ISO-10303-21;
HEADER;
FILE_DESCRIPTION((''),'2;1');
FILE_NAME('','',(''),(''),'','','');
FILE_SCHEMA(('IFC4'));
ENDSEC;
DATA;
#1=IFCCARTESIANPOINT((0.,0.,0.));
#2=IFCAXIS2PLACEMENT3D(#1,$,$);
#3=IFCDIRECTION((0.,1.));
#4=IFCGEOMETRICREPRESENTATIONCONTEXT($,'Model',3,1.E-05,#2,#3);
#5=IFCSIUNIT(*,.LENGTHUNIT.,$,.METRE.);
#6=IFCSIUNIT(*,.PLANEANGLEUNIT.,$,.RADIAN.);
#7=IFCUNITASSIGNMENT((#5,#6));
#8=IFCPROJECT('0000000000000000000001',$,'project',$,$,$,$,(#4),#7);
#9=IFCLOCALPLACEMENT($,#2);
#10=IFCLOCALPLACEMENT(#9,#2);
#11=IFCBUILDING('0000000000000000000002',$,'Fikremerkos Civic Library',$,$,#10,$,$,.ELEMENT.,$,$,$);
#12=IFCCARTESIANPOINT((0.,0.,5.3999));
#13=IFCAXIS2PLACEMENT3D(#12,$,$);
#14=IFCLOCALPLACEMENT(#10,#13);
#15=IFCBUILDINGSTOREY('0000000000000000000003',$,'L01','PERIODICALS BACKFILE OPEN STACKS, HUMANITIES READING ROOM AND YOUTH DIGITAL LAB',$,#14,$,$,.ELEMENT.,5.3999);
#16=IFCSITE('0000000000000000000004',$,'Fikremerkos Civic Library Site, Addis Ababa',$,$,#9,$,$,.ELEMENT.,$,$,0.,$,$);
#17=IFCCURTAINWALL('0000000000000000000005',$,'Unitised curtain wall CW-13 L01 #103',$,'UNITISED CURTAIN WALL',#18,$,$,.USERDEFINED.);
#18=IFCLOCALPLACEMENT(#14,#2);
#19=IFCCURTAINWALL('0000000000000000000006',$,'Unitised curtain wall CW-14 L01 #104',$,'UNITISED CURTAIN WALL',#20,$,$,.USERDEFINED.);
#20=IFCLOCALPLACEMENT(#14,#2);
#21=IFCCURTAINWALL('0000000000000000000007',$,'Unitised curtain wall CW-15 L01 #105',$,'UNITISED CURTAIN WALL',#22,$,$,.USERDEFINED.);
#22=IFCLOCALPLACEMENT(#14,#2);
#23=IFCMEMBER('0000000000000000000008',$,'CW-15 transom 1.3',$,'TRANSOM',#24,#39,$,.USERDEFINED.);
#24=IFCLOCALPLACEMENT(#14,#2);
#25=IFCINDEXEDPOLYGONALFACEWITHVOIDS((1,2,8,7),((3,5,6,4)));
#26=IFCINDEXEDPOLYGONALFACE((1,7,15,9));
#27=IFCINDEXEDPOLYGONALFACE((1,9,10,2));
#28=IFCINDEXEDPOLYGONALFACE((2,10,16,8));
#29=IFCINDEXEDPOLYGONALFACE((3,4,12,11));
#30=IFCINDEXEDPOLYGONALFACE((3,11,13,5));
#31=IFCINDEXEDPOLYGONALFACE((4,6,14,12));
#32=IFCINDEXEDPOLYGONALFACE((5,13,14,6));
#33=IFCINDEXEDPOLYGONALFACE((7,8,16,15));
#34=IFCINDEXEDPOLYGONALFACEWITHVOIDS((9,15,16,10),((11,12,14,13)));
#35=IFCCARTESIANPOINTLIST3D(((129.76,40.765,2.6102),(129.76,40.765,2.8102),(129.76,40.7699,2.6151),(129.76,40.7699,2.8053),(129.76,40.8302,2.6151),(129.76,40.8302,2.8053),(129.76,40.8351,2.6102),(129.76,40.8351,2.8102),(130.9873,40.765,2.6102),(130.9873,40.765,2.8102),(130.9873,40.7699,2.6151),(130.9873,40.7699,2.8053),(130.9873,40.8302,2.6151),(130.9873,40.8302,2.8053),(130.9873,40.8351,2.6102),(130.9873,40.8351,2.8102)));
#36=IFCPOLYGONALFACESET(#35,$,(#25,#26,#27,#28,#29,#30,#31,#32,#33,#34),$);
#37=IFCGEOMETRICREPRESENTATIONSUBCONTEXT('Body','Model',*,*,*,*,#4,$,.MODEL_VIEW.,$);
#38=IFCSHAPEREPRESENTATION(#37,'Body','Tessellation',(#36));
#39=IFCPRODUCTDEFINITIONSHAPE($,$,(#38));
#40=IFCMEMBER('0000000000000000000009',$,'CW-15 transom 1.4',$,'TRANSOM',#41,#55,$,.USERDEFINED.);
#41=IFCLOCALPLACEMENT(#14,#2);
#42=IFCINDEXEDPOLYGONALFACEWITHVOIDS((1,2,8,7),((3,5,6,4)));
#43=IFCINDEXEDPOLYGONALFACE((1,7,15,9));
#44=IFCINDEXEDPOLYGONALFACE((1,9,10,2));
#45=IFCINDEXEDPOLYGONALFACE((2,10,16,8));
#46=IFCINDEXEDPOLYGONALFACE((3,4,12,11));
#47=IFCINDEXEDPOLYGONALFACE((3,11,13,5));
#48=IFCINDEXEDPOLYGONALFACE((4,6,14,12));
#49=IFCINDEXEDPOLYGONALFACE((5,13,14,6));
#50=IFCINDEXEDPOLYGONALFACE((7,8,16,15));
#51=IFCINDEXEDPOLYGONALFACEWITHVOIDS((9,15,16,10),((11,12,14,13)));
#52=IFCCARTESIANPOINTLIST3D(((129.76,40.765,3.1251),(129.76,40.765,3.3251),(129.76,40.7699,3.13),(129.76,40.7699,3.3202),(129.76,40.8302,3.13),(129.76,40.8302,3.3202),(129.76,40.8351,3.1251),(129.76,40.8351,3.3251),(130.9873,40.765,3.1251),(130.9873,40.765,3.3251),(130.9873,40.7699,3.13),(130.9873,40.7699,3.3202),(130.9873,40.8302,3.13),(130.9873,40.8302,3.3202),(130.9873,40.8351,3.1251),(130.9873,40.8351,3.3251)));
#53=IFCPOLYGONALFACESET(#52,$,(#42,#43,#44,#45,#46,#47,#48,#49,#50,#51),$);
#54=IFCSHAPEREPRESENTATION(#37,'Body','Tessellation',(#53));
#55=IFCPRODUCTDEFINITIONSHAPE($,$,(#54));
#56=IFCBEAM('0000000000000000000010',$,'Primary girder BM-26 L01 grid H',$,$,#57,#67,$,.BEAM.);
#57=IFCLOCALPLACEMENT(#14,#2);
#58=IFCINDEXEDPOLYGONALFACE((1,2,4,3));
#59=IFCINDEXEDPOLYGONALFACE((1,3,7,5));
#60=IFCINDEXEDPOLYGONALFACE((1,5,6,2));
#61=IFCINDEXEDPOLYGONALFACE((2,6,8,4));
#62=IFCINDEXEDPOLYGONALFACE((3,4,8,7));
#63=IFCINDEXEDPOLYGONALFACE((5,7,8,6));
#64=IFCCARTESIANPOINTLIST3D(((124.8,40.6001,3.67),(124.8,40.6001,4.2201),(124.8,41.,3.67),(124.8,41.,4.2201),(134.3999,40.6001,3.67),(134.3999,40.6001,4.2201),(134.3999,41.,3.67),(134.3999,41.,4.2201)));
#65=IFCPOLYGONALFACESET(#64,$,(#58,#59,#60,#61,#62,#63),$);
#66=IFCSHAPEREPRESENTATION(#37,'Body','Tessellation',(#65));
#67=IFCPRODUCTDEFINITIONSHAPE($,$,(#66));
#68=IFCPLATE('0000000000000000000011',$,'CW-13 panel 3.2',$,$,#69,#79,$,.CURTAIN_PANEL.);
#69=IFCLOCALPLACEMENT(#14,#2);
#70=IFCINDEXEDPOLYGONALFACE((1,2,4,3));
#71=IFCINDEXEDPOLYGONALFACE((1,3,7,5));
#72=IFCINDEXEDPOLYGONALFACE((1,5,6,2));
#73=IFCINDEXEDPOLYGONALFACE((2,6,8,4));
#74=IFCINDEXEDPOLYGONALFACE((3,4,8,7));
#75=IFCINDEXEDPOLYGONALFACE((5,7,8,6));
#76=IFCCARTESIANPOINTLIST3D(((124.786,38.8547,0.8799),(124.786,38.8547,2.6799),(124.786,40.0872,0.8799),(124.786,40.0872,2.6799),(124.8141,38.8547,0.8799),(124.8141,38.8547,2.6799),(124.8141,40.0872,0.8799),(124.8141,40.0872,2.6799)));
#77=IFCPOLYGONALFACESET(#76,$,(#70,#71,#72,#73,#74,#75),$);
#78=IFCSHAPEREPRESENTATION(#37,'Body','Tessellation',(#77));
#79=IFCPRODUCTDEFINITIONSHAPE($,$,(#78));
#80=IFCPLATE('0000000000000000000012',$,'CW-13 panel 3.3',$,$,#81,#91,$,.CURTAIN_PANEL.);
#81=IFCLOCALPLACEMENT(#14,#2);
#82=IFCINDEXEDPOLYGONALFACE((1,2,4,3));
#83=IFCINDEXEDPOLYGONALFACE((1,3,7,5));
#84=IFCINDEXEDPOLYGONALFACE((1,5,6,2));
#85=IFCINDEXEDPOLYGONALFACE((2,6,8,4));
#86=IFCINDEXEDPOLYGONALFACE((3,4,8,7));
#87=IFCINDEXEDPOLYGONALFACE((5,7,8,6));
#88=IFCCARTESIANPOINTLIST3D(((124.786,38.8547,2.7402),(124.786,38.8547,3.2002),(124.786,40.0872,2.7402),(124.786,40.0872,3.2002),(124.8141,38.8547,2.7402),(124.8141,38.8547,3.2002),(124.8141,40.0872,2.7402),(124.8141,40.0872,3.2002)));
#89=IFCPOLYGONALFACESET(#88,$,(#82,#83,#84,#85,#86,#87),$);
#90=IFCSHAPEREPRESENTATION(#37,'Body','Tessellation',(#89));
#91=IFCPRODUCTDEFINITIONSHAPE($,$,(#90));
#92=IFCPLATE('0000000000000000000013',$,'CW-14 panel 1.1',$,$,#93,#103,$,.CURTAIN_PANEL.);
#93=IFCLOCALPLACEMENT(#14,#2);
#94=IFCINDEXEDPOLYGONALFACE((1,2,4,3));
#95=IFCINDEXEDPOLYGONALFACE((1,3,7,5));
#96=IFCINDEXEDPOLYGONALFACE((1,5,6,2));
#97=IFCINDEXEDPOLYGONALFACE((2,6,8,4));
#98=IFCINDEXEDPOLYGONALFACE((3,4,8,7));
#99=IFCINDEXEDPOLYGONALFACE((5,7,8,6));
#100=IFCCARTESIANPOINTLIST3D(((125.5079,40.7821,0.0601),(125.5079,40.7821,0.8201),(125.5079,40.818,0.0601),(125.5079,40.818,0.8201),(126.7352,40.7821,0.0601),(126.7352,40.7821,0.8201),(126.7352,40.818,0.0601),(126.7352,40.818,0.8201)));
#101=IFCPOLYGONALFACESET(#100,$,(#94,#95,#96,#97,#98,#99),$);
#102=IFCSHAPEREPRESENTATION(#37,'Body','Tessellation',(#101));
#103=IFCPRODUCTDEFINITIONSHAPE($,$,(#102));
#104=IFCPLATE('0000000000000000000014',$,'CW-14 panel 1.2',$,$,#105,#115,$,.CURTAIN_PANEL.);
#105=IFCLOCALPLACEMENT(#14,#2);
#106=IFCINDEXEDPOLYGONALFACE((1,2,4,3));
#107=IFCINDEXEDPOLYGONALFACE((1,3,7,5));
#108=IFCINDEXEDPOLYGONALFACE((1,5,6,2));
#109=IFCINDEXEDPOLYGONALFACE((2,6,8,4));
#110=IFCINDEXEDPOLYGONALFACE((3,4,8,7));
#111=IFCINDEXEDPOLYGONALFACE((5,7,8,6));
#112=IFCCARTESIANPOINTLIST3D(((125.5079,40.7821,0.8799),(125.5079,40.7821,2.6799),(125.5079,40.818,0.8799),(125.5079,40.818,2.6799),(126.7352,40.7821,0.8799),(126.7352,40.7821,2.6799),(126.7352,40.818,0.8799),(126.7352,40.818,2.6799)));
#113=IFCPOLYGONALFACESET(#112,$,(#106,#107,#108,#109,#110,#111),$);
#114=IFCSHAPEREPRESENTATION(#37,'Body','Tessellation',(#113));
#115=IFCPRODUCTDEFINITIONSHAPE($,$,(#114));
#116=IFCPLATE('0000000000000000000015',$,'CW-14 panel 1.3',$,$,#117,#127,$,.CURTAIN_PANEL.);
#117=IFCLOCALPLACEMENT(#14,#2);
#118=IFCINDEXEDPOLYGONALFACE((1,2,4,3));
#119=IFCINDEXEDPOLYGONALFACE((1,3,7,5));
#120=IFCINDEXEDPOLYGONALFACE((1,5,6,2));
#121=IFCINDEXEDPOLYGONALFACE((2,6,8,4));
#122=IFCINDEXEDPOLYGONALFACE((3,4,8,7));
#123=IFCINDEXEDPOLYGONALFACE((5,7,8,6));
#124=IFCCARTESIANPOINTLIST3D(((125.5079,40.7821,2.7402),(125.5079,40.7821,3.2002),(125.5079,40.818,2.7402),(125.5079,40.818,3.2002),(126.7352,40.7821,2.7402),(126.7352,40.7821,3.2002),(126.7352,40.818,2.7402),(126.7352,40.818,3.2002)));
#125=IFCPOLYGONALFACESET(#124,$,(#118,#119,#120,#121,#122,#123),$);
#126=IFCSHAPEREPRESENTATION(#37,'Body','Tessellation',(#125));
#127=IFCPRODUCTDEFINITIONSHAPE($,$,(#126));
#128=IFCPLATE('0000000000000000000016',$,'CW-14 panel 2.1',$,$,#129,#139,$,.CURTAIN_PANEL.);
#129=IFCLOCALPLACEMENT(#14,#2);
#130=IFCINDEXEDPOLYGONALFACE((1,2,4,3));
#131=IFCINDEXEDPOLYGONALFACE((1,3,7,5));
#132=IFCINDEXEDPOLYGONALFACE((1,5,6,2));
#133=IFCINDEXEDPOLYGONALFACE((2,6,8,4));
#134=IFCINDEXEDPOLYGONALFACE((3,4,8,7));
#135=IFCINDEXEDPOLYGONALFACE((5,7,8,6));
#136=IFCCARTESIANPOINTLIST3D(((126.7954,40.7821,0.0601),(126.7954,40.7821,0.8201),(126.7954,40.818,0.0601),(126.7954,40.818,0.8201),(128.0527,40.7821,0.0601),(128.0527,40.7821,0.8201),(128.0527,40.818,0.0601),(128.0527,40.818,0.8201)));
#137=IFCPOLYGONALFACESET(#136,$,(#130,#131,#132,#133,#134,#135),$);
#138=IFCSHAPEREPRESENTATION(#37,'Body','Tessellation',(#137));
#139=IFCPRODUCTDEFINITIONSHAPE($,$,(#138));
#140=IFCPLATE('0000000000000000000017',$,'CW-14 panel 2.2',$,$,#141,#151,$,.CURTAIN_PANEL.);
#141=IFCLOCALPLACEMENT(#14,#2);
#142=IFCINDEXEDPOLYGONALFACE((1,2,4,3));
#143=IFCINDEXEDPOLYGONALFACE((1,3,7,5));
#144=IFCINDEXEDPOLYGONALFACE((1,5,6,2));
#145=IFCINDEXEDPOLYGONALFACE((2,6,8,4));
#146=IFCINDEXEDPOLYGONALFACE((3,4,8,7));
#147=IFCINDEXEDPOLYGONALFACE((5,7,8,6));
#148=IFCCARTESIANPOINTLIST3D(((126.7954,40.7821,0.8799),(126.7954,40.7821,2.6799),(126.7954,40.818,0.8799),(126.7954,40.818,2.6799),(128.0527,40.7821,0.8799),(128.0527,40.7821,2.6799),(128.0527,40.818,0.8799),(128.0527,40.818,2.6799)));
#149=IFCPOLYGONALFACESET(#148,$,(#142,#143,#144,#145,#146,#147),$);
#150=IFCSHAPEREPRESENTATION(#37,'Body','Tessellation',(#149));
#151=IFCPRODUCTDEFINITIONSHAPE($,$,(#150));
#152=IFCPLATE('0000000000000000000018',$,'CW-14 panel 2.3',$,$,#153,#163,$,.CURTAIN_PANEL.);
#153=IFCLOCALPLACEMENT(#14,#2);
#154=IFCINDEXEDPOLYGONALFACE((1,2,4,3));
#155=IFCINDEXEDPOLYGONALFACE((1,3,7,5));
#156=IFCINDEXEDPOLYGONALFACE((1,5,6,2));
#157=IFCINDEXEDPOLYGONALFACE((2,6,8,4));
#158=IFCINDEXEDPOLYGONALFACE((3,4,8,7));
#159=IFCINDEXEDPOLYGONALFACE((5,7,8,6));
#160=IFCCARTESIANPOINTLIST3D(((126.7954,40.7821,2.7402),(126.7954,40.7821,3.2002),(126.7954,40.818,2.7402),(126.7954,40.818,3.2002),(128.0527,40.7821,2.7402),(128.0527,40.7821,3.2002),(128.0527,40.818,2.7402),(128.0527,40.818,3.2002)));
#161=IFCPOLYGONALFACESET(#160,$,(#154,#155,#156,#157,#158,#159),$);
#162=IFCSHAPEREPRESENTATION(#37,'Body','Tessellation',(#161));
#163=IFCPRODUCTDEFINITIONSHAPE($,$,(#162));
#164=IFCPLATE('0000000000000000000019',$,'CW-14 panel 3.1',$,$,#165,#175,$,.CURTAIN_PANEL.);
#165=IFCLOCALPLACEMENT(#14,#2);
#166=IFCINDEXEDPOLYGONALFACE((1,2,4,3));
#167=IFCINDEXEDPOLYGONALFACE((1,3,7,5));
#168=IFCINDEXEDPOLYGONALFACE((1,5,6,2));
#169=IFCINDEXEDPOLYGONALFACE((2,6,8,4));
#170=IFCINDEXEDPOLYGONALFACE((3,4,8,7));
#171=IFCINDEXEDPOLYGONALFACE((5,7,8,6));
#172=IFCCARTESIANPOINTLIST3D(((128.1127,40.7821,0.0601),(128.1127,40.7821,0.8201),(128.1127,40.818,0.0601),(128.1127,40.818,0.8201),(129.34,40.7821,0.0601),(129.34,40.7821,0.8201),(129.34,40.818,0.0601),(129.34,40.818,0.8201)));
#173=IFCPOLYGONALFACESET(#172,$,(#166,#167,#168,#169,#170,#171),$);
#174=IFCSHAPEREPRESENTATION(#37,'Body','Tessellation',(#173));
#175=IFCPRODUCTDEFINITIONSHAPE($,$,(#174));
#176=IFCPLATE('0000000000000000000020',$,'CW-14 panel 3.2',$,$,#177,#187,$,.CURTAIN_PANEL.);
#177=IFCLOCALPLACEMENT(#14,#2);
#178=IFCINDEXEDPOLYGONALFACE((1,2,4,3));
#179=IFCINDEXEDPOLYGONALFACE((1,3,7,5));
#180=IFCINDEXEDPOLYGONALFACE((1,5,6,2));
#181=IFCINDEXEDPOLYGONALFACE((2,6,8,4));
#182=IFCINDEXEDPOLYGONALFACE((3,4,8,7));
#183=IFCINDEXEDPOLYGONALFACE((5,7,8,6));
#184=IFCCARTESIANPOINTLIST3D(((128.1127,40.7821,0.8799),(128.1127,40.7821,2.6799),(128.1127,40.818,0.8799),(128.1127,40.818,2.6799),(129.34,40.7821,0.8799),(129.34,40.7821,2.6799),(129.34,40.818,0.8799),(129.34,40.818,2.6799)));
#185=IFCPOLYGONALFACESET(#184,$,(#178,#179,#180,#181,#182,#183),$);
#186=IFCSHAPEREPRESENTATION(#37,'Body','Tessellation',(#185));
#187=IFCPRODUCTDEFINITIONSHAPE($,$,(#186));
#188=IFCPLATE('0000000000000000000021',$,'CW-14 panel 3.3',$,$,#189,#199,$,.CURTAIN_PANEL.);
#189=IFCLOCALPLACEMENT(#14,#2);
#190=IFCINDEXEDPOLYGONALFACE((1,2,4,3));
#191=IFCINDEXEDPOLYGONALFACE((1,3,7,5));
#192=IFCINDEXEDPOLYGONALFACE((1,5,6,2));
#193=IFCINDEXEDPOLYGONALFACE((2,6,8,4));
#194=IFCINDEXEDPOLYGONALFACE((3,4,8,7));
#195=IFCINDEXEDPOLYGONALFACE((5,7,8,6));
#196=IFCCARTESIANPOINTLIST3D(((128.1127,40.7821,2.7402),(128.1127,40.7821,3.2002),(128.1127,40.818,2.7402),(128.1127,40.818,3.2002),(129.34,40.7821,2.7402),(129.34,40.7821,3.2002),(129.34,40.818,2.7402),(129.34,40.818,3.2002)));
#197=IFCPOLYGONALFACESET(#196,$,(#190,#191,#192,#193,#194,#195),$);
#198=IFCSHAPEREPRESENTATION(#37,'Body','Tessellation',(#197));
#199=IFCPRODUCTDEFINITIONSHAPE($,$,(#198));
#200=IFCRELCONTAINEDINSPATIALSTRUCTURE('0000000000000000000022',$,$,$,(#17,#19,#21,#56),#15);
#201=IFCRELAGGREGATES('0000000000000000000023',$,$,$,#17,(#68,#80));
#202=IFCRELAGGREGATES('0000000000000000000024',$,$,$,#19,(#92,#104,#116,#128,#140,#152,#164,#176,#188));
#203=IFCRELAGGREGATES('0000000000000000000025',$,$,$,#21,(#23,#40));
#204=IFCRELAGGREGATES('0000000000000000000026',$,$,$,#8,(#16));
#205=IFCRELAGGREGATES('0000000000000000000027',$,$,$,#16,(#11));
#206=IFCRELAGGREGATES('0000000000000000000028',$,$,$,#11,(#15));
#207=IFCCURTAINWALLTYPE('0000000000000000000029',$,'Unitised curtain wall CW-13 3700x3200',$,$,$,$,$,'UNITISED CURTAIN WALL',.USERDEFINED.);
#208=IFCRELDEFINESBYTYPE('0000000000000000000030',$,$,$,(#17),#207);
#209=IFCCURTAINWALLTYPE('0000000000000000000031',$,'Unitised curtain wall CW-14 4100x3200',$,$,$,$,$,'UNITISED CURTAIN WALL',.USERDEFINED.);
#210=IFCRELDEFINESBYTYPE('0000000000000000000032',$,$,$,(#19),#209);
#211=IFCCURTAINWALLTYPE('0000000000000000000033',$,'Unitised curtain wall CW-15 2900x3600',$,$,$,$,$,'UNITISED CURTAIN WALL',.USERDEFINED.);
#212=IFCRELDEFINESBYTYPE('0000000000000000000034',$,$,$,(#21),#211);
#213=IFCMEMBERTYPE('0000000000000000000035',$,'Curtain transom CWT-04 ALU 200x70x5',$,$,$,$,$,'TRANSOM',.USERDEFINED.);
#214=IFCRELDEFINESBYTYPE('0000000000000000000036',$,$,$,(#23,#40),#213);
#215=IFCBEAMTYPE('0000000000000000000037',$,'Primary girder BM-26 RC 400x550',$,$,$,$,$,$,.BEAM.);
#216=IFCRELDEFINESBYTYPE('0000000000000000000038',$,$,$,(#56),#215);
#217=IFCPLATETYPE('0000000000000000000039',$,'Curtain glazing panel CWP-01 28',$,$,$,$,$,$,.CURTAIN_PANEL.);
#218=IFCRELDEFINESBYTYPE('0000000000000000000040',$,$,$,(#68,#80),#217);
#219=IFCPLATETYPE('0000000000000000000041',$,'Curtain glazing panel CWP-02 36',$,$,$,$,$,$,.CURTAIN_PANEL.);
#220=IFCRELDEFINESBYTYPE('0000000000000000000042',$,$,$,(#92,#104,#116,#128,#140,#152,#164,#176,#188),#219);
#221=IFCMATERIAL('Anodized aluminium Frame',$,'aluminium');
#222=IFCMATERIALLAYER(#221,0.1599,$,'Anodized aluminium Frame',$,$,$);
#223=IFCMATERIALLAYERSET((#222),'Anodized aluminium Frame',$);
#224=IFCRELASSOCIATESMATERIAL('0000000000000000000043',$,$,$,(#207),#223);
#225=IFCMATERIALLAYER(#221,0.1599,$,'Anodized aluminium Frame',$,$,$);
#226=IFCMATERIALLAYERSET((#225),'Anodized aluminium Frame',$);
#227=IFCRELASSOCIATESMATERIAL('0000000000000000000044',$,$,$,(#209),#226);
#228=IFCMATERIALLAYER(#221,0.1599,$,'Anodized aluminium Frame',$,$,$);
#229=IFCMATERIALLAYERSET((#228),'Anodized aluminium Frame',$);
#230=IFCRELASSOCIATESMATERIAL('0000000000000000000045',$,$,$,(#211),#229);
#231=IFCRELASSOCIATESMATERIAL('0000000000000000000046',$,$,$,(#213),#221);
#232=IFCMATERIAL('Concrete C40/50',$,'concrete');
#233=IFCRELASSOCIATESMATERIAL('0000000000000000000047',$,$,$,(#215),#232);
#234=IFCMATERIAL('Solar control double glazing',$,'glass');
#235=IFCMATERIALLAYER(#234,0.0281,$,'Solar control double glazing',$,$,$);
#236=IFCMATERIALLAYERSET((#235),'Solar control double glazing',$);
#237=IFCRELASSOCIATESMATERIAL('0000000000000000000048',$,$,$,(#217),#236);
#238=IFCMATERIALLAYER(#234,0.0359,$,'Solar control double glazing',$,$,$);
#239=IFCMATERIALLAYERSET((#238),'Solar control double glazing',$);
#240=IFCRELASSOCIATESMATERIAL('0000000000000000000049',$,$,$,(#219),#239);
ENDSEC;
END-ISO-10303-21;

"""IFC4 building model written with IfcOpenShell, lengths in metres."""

from ifc_helpers import new_model, si_unit, direction, frame, origin, origin_2d, place, context, subcontext, project, spatial, rectangle, hollow_rectangle, extrude, material, layer, layer_set, material_profile, profile_set, type_object, element, aggregate, save


model = new_model("IFC4")

# Units and contexts
model_context = context("Model", 3, precision=1e-05, world=origin(), true_north=direction((0.0, 1.0)))
body_context = subcontext(model_context, "Body", "Model", "MODEL_VIEW")
ifc_project = project(units=[si_unit("LENGTHUNIT", "METRE"), si_unit("PLANEANGLEUNIT", "RADIAN")], contexts=[model_context])

# Site, building, storey
site_placement = place(None, origin())
site = spatial("IfcSite", under=ifc_project, at=site_placement, Name="Fikremerkos Civic Library Site, Addis Ababa", CompositionType="ELEMENT", RefElevation=0.0)
building_placement = place(site_placement, origin())
building = spatial("IfcBuilding", under=site, at=building_placement, Name="Fikremerkos Civic Library", CompositionType="ELEMENT")
storey_placement = place(building_placement, frame((0.0, 0.0, 5.3999)))
storey = spatial("IfcBuildingStorey", under=building, at=storey_placement, Name="L01", Description="PERIODICALS BACKFILE OPEN STACKS, HUMANITIES READING ROOM AND YOUTH DIGITAL LAB", CompositionType="ELEMENT", Elevation=5.3999)

# Shared definitions
ifc_material_1 = material(Name="Concrete C40/50", Category="concrete")

# Curtain wall
ifc_material_2 = material(Name="Anodized aluminium Frame", Category="aluminium")
ifc_layer_1 = layer(ifc_material_2, 0.1599, Name="Anodized aluminium Frame")
ifc_layer_set_1 = layer_set([ifc_layer_1], Name="Anodized aluminium Frame")
curtain_wall_type_1 = type_object("IfcCurtainWallType", Name="Unitised curtain wall CW-13 3700x3200", ElementType="UNITISED CURTAIN WALL", PredefinedType="USERDEFINED", material=ifc_layer_set_1)
curtain_wall_1_placement = place(storey_placement, origin())
curtain_wall_1 = element("IfcCurtainWall", 1, at=curtain_wall_1_placement, inside=storey, type_object=curtain_wall_type_1, Name="Unitised curtain wall CW-13 L01 #103", ObjectType="UNITISED CURTAIN WALL", PredefinedType="USERDEFINED")

# Curtain wall
ifc_layer_2 = layer(ifc_material_2, 0.1599, Name="Anodized aluminium Frame")
ifc_layer_set_2 = layer_set([ifc_layer_2], Name="Anodized aluminium Frame")
curtain_wall_type_2 = type_object("IfcCurtainWallType", Name="Unitised curtain wall CW-14 4100x3200", ElementType="UNITISED CURTAIN WALL", PredefinedType="USERDEFINED", material=ifc_layer_set_2)
curtain_wall_2_placement = place(storey_placement, origin())
curtain_wall_2 = element("IfcCurtainWall", 2, at=curtain_wall_2_placement, inside=storey, type_object=curtain_wall_type_2, Name="Unitised curtain wall CW-14 L01 #104", ObjectType="UNITISED CURTAIN WALL", PredefinedType="USERDEFINED")

# Curtain wall
ifc_layer_3 = layer(ifc_material_2, 0.1599, Name="Anodized aluminium Frame")
ifc_layer_set_3 = layer_set([ifc_layer_3], Name="Anodized aluminium Frame")
curtain_wall_type_3 = type_object("IfcCurtainWallType", Name="Unitised curtain wall CW-15 2900x3600", ElementType="UNITISED CURTAIN WALL", PredefinedType="USERDEFINED", material=ifc_layer_set_3)
curtain_wall_3_placement = place(storey_placement, origin())
curtain_wall_3 = element("IfcCurtainWall", 3, at=curtain_wall_3_placement, inside=storey, type_object=curtain_wall_type_3, Name="Unitised curtain wall CW-15 L01 #105", ObjectType="UNITISED CURTAIN WALL", PredefinedType="USERDEFINED")

# Members
ifc_material_profile_1 = material_profile(ifc_material_2, hollow_rectangle(XDim=0.0701, YDim=0.2, WallThickness=0.0049, at=origin_2d()), Name="ALU 200x70x5")
ifc_profile_set_1 = profile_set([ifc_material_profile_1], Name="Anodized aluminium Frame")
member_type_1 = type_object("IfcMemberType", Name="Curtain transom CWT-04 ALU 200x70x5", ElementType="TRANSOM", PredefinedType="USERDEFINED", material=ifc_profile_set_1)
member_1_placement = place(storey_placement, frame((129.76, 40.8, 2.7102), z_axis=(1.0, 0.0, 0.0), x_axis=(0.0, 1.0, 0.0)))
member_1 = element("IfcMember", 4, at=member_1_placement, type_object=member_type_1, Name="CW-15 transom 1.3", ObjectType="TRANSOM", PredefinedType="USERDEFINED", context=body_context, shape_type="SweptSolid", body=[
    extrude(hollow_rectangle(XDim=0.0701, YDim=0.2, WallThickness=0.0049, at=origin_2d()), origin(), (0.0, 0.0, 1.0), 1.2273),
])
member_2_placement = place(storey_placement, frame((129.76, 40.8, 3.2251), z_axis=(1.0, 0.0, 0.0), x_axis=(0.0, 1.0, 0.0)))
member_2 = element("IfcMember", 5, at=member_2_placement, type_object=member_type_1, Name="CW-15 transom 1.4", ObjectType="TRANSOM", PredefinedType="USERDEFINED", context=body_context, shape_type="SweptSolid", body=[
    extrude(hollow_rectangle(XDim=0.0701, YDim=0.2, WallThickness=0.0049, at=origin_2d()), origin(), (0.0, 0.0, 1.0), 1.2273),
])

# Beam
ifc_material_profile_2 = material_profile(ifc_material_1, rectangle(XDim=0.3999, YDim=0.55, at=origin_2d()), Name="RC 400x550")
ifc_profile_set_2 = profile_set([ifc_material_profile_2], Name="Concrete C40/50")
beam_type = type_object("IfcBeamType", Name="Primary girder BM-26 RC 400x550", PredefinedType="BEAM", material=ifc_profile_set_2)
beam_placement = place(storey_placement, frame((124.8, 40.8, 3.9451), z_axis=(1.0, 0.0, 0.0), x_axis=(0.0, 1.0, 0.0)))
element("IfcBeam", 6, at=beam_placement, inside=storey, type_object=beam_type, Name="Primary girder BM-26 L01 grid H", PredefinedType="BEAM", context=body_context, shape_type="SweptSolid", body=[
    extrude(rectangle(XDim=0.3999, YDim=0.55, at=origin_2d()), origin(), (0.0, 0.0, 1.0), 9.5999),
])

# Plates
ifc_material_3 = material(Name="Solar control double glazing", Category="glass")
ifc_layer_4 = layer(ifc_material_3, 0.0281, Name="Solar control double glazing")
ifc_layer_set_4 = layer_set([ifc_layer_4], Name="Solar control double glazing")
plate_type_1 = type_object("IfcPlateType", Name="Curtain glazing panel CWP-01 28", PredefinedType="CURTAIN_PANEL", material=ifc_layer_set_4)
plate_1_placement = place(storey_placement, frame((124.8, 39.4709, 0.8799), z_axis=(0.0, 0.0, 1.0), x_axis=(0.0, 1.0, 0.0)))
plate_1 = element("IfcPlate", 7, at=plate_1_placement, type_object=plate_type_1, Name="CW-13 panel 3.2", PredefinedType="CURTAIN_PANEL", context=body_context, shape_type="SweptSolid", body=[
    extrude(rectangle(XDim=1.2324, YDim=0.0281, at=origin_2d()), origin(), (0.0, 0.0, 1.0), 1.8),
])
plate_2_placement = place(storey_placement, frame((124.8, 39.4709, 2.7402), z_axis=(0.0, 0.0, 1.0), x_axis=(0.0, 1.0, 0.0)))
plate_2 = element("IfcPlate", 8, at=plate_2_placement, type_object=plate_type_1, Name="CW-13 panel 3.3", PredefinedType="CURTAIN_PANEL", context=body_context, shape_type="SweptSolid", body=[
    extrude(rectangle(XDim=1.2324, YDim=0.0281, at=origin_2d()), origin(), (0.0, 0.0, 1.0), 0.46),
])
aggregate(curtain_wall_1, [plate_1, plate_2])
ifc_layer_5 = layer(ifc_material_3, 0.0359, Name="Solar control double glazing")
ifc_layer_set_5 = layer_set([ifc_layer_5], Name="Solar control double glazing")
plate_type_2 = type_object("IfcPlateType", Name="Curtain glazing panel CWP-02 36", PredefinedType="CURTAIN_PANEL", material=ifc_layer_set_5)
plate_3_placement = place(storey_placement, frame((126.1216, 40.8, 0.0601), z_axis=(0.0, 0.0, 1.0), x_axis=(1.0, 0.0, 0.0)))
plate_3 = element("IfcPlate", 9, at=plate_3_placement, type_object=plate_type_2, Name="CW-14 panel 1.1", PredefinedType="CURTAIN_PANEL", context=body_context, shape_type="SweptSolid", body=[
    extrude(rectangle(XDim=1.2273, YDim=0.0359, at=origin_2d()), origin(), (0.0, 0.0, 1.0), 0.76),
])
plate_4_placement = place(storey_placement, frame((126.1216, 40.8, 0.8799), z_axis=(0.0, 0.0, 1.0), x_axis=(1.0, 0.0, 0.0)))
plate_4 = element("IfcPlate", 10, at=plate_4_placement, type_object=plate_type_2, Name="CW-14 panel 1.2", PredefinedType="CURTAIN_PANEL", context=body_context, shape_type="SweptSolid", body=[
    extrude(rectangle(XDim=1.2273, YDim=0.0359, at=origin_2d()), origin(), (0.0, 0.0, 1.0), 1.8),
])
plate_5_placement = place(storey_placement, frame((126.1216, 40.8, 2.7402), z_axis=(0.0, 0.0, 1.0), x_axis=(1.0, 0.0, 0.0)))
plate_5 = element("IfcPlate", 11, at=plate_5_placement, type_object=plate_type_2, Name="CW-14 panel 1.3", PredefinedType="CURTAIN_PANEL", context=body_context, shape_type="SweptSolid", body=[
    extrude(rectangle(XDim=1.2273, YDim=0.0359, at=origin_2d()), origin(), (0.0, 0.0, 1.0), 0.46),
])
plate_6_placement = place(storey_placement, frame((127.4241, 40.8, 0.0601), z_axis=(0.0, 0.0, 1.0), x_axis=(1.0, 0.0, 0.0)))
plate_6 = element("IfcPlate", 12, at=plate_6_placement, type_object=plate_type_2, Name="CW-14 panel 2.1", PredefinedType="CURTAIN_PANEL", context=body_context, shape_type="SweptSolid", body=[
    extrude(rectangle(XDim=1.2573, YDim=0.0359, at=origin_2d()), origin(), (0.0, 0.0, 1.0), 0.76),
])
plate_7_placement = place(storey_placement, frame((127.4241, 40.8, 0.8799), z_axis=(0.0, 0.0, 1.0), x_axis=(1.0, 0.0, 0.0)))
plate_7 = element("IfcPlate", 13, at=plate_7_placement, type_object=plate_type_2, Name="CW-14 panel 2.2", PredefinedType="CURTAIN_PANEL", context=body_context, shape_type="SweptSolid", body=[
    extrude(rectangle(XDim=1.2573, YDim=0.0359, at=origin_2d()), origin(), (0.0, 0.0, 1.0), 1.8),
])
plate_8_placement = place(storey_placement, frame((127.4241, 40.8, 2.7402), z_axis=(0.0, 0.0, 1.0), x_axis=(1.0, 0.0, 0.0)))
plate_8 = element("IfcPlate", 14, at=plate_8_placement, type_object=plate_type_2, Name="CW-14 panel 2.3", PredefinedType="CURTAIN_PANEL", context=body_context, shape_type="SweptSolid", body=[
    extrude(rectangle(XDim=1.2573, YDim=0.0359, at=origin_2d()), origin(), (0.0, 0.0, 1.0), 0.46),
])
plate_9_placement = place(storey_placement, frame((128.7263, 40.8, 0.0601), z_axis=(0.0, 0.0, 1.0), x_axis=(1.0, 0.0, 0.0)))
plate_9 = element("IfcPlate", 15, at=plate_9_placement, type_object=plate_type_2, Name="CW-14 panel 3.1", PredefinedType="CURTAIN_PANEL", context=body_context, shape_type="SweptSolid", body=[
    extrude(rectangle(XDim=1.2273, YDim=0.0359, at=origin_2d()), origin(), (0.0, 0.0, 1.0), 0.76),
])
plate_10_placement = place(storey_placement, frame((128.7263, 40.8, 0.8799), z_axis=(0.0, 0.0, 1.0), x_axis=(1.0, 0.0, 0.0)))
plate_10 = element("IfcPlate", 16, at=plate_10_placement, type_object=plate_type_2, Name="CW-14 panel 3.2", PredefinedType="CURTAIN_PANEL", context=body_context, shape_type="SweptSolid", body=[
    extrude(rectangle(XDim=1.2273, YDim=0.0359, at=origin_2d()), origin(), (0.0, 0.0, 1.0), 1.8),
])
plate_11_placement = place(storey_placement, frame((128.7263, 40.8, 2.7402), z_axis=(0.0, 0.0, 1.0), x_axis=(1.0, 0.0, 0.0)))
plate_11 = element("IfcPlate", 17, at=plate_11_placement, type_object=plate_type_2, Name="CW-14 panel 3.3", PredefinedType="CURTAIN_PANEL", context=body_context, shape_type="SweptSolid", body=[
    extrude(rectangle(XDim=1.2273, YDim=0.0359, at=origin_2d()), origin(), (0.0, 0.0, 1.0), 0.46),
])
aggregate(curtain_wall_2, [plate_3, plate_4, plate_5, plate_6, plate_7, plate_8, plate_9, plate_10, plate_11])
aggregate(curtain_wall_3, [member_1, member_2])

save(model, "model.ifc")
